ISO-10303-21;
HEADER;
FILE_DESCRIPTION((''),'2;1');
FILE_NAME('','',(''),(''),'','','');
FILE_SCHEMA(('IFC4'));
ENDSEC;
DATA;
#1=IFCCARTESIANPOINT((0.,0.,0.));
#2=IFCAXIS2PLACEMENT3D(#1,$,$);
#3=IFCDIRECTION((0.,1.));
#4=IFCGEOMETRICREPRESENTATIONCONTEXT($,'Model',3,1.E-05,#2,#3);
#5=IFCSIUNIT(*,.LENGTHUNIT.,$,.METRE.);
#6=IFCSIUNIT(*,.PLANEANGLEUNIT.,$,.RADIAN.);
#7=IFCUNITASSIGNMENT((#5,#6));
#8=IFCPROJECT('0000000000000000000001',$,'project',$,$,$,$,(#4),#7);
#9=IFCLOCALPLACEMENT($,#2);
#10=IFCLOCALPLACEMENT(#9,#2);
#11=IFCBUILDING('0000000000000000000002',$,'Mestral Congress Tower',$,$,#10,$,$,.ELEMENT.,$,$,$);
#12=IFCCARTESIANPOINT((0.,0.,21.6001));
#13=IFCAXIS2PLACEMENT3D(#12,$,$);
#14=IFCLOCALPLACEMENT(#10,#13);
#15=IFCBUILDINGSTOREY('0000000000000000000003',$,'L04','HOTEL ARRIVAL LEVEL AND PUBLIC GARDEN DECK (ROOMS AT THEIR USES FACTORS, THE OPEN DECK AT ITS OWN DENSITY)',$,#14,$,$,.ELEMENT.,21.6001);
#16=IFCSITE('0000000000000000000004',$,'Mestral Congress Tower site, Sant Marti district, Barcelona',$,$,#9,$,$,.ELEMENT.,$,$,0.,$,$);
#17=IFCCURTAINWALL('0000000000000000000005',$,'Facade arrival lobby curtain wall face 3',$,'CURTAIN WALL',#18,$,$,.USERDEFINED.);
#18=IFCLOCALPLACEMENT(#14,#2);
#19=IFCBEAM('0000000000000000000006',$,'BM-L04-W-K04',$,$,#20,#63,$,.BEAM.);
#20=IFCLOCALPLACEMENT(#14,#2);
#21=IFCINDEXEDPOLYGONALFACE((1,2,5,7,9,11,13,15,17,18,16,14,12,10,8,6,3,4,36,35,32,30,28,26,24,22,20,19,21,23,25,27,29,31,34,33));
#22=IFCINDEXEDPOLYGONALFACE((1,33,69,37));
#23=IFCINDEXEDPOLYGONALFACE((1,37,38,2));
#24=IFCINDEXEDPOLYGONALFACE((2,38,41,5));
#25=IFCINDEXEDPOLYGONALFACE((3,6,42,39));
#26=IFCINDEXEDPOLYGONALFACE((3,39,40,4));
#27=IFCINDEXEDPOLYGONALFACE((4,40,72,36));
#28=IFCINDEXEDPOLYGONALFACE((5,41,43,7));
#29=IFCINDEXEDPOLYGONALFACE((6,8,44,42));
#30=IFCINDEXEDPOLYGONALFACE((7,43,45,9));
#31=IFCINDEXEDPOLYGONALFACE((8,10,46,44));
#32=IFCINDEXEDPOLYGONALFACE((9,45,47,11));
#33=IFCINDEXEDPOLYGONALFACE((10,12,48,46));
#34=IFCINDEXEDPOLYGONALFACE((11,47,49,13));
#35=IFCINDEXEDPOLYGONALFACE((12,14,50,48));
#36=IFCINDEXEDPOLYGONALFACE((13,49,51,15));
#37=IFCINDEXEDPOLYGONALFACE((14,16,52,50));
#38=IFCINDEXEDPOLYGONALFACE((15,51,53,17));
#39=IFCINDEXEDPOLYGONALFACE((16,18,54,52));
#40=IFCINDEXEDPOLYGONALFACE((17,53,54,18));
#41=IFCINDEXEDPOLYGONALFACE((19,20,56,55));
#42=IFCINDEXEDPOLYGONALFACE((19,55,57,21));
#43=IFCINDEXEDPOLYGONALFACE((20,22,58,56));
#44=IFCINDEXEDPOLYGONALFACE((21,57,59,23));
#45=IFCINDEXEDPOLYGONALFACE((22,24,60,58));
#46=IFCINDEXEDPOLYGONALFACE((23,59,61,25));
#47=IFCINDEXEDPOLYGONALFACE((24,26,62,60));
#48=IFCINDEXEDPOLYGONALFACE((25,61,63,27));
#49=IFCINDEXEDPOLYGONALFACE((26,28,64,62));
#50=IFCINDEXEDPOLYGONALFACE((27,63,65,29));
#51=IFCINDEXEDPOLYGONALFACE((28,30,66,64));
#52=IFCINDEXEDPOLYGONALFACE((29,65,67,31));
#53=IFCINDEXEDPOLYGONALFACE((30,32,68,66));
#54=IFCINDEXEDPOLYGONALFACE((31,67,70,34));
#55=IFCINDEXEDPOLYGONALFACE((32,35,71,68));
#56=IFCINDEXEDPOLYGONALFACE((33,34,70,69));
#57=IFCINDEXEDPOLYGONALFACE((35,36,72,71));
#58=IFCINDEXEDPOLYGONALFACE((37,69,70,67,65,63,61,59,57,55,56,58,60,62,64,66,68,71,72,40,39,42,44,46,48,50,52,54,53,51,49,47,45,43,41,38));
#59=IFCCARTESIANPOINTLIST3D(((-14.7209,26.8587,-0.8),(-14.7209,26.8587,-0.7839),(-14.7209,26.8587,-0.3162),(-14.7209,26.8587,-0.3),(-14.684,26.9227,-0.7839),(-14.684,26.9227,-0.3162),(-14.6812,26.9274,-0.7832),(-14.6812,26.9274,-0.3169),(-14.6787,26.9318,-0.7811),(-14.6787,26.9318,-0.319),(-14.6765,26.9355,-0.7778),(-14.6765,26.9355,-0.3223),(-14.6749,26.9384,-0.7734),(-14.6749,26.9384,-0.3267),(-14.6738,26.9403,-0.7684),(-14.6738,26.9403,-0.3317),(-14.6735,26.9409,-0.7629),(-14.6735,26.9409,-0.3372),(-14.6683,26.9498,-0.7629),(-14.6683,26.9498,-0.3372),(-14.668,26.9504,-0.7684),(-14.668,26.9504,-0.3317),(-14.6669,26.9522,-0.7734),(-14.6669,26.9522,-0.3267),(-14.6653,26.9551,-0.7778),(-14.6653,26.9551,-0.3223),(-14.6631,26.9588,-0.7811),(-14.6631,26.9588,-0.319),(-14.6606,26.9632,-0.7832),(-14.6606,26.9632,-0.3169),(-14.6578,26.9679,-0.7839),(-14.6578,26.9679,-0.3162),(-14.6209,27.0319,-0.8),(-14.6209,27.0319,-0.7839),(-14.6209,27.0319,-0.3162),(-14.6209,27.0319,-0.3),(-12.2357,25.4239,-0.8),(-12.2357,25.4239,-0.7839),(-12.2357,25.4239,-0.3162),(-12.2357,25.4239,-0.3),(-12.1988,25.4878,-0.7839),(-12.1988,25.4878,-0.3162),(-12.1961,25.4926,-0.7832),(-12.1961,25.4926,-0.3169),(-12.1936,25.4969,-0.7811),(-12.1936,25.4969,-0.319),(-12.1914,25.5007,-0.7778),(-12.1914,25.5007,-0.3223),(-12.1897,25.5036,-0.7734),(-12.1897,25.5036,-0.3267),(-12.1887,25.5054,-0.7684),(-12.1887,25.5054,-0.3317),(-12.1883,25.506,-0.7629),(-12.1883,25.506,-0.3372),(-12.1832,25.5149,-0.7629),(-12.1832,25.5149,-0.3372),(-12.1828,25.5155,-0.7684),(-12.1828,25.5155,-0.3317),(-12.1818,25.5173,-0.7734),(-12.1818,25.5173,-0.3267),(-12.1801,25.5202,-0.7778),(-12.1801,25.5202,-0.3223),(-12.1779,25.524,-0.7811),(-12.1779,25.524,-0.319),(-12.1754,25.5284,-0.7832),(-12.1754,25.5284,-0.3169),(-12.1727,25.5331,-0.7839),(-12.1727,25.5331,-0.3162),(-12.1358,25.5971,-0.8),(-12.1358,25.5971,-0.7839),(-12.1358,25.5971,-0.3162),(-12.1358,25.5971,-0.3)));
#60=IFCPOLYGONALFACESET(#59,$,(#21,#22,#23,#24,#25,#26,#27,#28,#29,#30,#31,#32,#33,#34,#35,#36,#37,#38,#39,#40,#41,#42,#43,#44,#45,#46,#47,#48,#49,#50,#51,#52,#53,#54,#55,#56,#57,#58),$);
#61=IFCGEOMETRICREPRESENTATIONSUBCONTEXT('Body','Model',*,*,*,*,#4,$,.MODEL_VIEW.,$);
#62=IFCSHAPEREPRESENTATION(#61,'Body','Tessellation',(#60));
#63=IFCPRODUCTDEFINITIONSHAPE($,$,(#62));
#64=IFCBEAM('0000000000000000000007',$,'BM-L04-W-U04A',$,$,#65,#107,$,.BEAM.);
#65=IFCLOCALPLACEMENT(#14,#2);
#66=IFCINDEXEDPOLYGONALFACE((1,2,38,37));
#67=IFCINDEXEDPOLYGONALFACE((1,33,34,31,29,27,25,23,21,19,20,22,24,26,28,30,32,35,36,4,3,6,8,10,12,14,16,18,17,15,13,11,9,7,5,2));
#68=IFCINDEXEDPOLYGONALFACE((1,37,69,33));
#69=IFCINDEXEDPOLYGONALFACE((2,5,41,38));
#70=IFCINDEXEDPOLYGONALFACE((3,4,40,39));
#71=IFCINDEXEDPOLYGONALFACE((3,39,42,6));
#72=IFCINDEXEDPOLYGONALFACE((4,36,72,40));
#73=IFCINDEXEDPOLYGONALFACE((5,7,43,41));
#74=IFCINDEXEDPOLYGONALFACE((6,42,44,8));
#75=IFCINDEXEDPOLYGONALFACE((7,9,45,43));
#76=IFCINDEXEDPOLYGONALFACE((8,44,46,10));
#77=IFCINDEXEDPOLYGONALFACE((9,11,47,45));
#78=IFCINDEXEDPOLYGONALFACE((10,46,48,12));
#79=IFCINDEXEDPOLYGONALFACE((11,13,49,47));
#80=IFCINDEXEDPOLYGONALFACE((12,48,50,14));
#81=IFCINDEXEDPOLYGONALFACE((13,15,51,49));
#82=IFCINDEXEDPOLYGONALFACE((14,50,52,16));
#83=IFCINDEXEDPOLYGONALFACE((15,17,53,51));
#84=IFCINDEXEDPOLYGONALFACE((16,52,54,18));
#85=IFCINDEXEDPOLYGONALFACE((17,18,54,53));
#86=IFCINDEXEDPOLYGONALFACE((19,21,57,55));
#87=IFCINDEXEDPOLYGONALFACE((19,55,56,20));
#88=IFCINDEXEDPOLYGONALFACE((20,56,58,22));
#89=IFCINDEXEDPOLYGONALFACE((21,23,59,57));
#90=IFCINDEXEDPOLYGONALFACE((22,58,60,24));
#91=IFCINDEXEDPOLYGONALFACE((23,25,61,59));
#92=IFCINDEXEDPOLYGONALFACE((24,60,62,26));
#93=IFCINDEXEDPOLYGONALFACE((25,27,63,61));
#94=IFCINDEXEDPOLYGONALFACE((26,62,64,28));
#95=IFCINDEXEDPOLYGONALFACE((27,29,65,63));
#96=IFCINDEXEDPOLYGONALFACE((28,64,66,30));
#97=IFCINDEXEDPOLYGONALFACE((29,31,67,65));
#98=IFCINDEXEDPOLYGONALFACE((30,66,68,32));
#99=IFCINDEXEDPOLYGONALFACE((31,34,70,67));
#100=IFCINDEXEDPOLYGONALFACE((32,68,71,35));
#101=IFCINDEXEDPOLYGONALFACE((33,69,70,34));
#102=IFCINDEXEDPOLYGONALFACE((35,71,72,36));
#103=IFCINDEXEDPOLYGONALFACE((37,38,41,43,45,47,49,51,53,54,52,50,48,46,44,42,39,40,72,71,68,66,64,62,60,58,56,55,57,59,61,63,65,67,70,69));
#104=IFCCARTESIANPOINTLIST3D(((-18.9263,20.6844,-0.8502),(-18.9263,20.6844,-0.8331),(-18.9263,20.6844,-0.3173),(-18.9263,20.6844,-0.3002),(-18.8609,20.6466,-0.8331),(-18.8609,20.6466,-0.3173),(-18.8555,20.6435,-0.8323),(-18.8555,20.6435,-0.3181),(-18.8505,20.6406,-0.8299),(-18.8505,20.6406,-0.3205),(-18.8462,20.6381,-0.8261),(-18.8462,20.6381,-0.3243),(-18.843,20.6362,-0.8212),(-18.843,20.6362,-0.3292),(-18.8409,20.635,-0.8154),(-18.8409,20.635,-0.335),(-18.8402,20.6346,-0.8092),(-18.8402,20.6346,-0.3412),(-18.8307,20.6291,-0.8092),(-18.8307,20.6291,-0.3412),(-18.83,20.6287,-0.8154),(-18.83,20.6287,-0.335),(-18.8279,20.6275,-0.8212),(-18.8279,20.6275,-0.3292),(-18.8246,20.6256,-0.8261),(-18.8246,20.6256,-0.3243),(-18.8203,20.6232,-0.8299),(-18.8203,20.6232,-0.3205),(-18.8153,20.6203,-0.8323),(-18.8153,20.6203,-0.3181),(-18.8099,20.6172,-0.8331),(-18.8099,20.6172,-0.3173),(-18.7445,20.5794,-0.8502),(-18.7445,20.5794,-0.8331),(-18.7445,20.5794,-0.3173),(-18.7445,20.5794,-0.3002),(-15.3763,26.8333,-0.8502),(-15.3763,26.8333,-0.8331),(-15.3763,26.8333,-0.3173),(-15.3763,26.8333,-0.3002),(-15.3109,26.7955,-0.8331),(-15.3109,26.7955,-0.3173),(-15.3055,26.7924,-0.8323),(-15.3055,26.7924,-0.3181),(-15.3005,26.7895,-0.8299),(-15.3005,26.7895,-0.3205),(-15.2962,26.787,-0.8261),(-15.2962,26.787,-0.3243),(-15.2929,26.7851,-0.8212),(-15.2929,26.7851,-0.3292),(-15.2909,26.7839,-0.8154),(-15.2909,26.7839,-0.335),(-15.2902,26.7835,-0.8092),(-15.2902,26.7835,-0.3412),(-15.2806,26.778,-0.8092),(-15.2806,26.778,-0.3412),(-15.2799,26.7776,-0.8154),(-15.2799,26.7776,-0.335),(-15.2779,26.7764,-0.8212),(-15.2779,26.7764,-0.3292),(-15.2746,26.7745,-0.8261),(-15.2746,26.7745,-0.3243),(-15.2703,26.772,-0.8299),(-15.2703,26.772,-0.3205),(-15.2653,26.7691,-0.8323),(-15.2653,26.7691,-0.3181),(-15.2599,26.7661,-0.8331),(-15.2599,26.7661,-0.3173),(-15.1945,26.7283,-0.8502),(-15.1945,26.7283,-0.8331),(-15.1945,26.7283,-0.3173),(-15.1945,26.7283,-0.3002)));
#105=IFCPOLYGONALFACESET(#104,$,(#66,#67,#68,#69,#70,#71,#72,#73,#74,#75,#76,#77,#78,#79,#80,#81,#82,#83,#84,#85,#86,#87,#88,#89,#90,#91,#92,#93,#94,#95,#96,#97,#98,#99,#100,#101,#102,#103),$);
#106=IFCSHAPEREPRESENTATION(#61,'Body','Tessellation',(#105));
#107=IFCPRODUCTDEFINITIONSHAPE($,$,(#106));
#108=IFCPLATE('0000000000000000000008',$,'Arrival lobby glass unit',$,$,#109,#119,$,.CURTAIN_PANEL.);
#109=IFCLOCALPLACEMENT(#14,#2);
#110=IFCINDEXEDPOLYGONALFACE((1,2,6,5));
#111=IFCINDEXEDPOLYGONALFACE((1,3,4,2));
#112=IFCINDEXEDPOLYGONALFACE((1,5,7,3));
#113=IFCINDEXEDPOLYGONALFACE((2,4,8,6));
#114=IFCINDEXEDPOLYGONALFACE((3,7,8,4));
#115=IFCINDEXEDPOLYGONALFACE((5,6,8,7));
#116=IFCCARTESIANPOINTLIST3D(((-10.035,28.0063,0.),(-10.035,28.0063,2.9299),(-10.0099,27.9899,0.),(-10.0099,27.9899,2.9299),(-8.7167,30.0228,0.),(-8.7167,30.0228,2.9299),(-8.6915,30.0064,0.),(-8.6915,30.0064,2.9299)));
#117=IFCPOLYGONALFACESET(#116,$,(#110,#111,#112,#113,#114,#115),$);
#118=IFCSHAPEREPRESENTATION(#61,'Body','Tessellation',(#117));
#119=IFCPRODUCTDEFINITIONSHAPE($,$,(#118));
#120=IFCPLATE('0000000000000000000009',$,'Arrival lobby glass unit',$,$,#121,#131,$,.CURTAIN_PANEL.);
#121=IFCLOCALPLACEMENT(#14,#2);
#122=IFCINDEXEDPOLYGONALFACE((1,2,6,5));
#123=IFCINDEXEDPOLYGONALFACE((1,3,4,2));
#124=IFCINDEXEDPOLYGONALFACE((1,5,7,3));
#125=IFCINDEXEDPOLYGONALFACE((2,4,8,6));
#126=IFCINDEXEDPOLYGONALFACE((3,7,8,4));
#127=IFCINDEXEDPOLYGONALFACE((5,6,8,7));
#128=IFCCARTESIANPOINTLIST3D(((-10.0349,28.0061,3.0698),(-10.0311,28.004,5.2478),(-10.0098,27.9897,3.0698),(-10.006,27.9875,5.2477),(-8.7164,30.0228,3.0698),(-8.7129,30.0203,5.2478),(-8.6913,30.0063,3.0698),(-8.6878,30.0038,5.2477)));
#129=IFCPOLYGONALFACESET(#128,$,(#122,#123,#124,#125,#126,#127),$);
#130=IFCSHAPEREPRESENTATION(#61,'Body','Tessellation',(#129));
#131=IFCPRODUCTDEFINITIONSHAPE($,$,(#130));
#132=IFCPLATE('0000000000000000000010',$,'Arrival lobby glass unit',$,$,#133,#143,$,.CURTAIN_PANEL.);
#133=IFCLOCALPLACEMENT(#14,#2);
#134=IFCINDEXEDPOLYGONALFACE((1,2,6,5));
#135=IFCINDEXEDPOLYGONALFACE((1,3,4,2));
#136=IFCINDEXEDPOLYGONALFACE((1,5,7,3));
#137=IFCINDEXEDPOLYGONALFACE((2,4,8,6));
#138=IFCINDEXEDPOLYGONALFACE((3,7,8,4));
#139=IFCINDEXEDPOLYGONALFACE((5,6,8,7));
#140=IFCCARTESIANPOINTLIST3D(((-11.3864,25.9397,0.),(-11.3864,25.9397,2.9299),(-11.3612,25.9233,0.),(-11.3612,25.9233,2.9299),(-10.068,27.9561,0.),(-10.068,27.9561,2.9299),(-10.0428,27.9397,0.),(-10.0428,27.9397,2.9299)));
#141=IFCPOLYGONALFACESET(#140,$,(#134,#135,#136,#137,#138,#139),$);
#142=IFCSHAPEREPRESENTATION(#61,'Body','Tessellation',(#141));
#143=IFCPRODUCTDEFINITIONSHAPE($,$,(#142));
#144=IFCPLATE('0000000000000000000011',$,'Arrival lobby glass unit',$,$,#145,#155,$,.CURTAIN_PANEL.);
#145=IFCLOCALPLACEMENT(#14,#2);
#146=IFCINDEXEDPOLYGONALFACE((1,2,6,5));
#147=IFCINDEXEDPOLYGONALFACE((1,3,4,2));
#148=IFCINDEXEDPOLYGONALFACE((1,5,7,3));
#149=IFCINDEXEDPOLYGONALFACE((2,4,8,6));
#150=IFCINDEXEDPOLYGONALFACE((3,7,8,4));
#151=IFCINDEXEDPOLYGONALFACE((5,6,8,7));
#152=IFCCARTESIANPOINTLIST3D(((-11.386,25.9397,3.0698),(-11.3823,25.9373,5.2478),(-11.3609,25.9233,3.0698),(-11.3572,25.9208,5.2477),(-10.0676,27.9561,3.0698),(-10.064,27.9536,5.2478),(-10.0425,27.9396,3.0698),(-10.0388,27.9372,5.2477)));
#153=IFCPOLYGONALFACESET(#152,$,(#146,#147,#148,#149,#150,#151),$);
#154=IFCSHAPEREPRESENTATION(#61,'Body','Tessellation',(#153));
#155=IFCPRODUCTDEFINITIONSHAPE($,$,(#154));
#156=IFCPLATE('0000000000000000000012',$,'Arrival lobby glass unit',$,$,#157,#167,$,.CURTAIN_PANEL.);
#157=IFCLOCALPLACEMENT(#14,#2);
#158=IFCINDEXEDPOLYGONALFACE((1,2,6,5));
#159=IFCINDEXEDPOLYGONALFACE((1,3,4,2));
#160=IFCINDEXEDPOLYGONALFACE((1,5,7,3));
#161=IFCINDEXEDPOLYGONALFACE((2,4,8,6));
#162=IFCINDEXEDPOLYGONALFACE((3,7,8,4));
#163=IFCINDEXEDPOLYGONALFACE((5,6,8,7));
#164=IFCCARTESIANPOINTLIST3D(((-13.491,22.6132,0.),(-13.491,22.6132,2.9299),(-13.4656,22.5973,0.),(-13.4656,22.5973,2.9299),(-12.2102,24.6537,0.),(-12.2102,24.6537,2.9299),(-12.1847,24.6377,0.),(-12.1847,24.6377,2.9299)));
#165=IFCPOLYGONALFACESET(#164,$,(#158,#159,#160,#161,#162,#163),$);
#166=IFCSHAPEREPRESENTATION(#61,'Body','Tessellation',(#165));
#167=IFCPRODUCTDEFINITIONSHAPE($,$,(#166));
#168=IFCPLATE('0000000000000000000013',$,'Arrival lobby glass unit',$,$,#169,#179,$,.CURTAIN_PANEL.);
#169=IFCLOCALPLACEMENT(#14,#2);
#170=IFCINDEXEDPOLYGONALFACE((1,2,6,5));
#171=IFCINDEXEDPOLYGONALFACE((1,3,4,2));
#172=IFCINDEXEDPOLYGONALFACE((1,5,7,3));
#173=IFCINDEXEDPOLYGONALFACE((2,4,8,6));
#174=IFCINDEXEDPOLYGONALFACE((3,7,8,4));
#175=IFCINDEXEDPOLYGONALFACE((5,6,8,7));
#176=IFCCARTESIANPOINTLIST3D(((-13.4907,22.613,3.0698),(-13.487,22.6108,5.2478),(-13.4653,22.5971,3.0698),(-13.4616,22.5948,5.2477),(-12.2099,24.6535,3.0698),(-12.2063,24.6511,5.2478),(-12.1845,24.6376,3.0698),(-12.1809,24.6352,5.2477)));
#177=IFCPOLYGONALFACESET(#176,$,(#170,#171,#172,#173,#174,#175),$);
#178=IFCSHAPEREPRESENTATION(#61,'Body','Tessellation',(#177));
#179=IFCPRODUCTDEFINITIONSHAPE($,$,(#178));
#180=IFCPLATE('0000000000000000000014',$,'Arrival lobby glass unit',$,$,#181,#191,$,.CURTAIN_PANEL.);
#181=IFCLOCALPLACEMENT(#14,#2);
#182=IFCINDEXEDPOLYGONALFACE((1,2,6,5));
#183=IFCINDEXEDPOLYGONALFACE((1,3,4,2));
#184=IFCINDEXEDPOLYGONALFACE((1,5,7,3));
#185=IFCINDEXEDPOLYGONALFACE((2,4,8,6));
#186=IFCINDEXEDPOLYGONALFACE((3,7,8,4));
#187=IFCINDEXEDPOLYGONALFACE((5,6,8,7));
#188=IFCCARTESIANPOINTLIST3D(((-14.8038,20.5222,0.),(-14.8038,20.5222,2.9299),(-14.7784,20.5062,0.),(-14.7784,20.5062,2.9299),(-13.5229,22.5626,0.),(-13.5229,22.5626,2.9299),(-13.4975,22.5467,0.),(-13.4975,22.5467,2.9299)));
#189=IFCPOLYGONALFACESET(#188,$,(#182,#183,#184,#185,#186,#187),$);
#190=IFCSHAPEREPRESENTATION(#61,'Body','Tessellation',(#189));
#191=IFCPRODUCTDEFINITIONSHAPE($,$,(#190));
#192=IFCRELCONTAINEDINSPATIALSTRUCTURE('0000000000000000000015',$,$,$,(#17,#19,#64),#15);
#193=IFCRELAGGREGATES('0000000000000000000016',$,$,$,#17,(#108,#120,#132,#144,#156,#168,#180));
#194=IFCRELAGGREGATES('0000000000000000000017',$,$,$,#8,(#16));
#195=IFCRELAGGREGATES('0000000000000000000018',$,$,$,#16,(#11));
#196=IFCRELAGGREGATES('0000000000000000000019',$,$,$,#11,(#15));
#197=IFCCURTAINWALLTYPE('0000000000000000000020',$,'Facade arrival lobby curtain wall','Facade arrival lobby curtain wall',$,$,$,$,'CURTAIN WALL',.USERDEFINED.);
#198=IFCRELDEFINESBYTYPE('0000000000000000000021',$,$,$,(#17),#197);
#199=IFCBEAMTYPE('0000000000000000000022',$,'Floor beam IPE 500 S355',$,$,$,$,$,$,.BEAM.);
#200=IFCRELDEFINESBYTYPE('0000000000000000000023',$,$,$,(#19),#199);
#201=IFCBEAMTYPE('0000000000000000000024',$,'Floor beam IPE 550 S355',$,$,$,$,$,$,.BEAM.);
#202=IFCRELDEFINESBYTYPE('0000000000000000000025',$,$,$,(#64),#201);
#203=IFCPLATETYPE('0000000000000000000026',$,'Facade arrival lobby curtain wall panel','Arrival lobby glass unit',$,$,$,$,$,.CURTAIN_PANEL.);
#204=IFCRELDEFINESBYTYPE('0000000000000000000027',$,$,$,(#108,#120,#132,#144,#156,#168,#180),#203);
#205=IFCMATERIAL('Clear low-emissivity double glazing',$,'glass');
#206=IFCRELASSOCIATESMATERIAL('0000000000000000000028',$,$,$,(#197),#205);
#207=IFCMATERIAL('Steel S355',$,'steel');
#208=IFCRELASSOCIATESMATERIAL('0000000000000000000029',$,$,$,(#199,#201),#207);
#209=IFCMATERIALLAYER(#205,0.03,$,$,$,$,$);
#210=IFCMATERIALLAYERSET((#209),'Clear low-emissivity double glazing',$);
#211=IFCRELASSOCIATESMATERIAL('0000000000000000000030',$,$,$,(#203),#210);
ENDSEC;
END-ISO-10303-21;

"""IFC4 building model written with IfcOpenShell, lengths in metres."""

from ifc_helpers import new_model, si_unit, direction, frame, origin, origin_2d, place, context, subcontext, project, spatial, polyline, rectangle, i_section, outline, extrude, material, layer, layer_set, material_profile, profile_set, type_object, element, aggregate, save


model = new_model("IFC4")

# Units and contexts
model_context = context("Model", 3, precision=1e-05, world=origin(), true_north=direction((0.0, 1.0)))
body_context = subcontext(model_context, "Body", "Model", "MODEL_VIEW")
ifc_project = project(units=[si_unit("LENGTHUNIT", "METRE"), si_unit("PLANEANGLEUNIT", "RADIAN")], contexts=[model_context])

# Site, building, storey
site_placement = place(None, origin())
site = spatial("IfcSite", under=ifc_project, at=site_placement, Name="Mestral Congress Tower site, Sant Marti district, Barcelona", CompositionType="ELEMENT", RefElevation=0.0)
building_placement = place(site_placement, origin())
building = spatial("IfcBuilding", under=site, at=building_placement, Name="Mestral Congress Tower", CompositionType="ELEMENT")
storey_placement = place(building_placement, frame((0.0, 0.0, 21.6001)))
storey = spatial("IfcBuildingStorey", under=building, at=storey_placement, Name="L04", Description="HOTEL ARRIVAL LEVEL AND PUBLIC GARDEN DECK (ROOMS AT THEIR USES FACTORS, THE OPEN DECK AT ITS OWN DENSITY)", CompositionType="ELEMENT", Elevation=21.6001)

# Curtain wall
ifc_material_1 = material(Name="Clear low-emissivity double glazing", Category="glass")
curtain_wall_type = type_object("IfcCurtainWallType", Name="Facade arrival lobby curtain wall", Description="Facade arrival lobby curtain wall", ElementType="CURTAIN WALL", PredefinedType="USERDEFINED", material=ifc_material_1)
curtain_wall_placement = place(storey_placement, origin())
curtain_wall = element("IfcCurtainWall", 1, at=curtain_wall_placement, inside=storey, type_object=curtain_wall_type, Name="Facade arrival lobby curtain wall face 3", ObjectType="CURTAIN WALL", PredefinedType="USERDEFINED")

# Beams
ifc_material_2 = material(Name="Steel S355", Category="steel")
ifc_material_profile_1 = material_profile(ifc_material_2, i_section(OverallWidth=0.2, OverallDepth=0.5, WebThickness=0.0103, FlangeThickness=0.0161, FilletRadius=0.021, at=origin_2d()), Name="IPE 500")
ifc_profile_set_1 = profile_set([ifc_material_profile_1], Name="Steel S355")
beam_type_1 = type_object("IfcBeamType", Name="Floor beam IPE 500 S355", PredefinedType="BEAM", material=ifc_profile_set_1)
beam_1_placement = place(storey_placement, frame((-14.6709, 26.9453, -0.55), z_axis=(0.86602, -0.50001, 0.0), x_axis=(0.50001, 0.86602, 0.0)))
element("IfcBeam", 2, at=beam_1_placement, inside=storey, type_object=beam_type_1, Name="BM-L04-W-K04", PredefinedType="BEAM", context=body_context, shape_type="SweptSolid", body=[
    extrude(i_section(OverallWidth=0.2, OverallDepth=0.5, WebThickness=0.0103, FlangeThickness=0.0161, FilletRadius=0.021, at=origin_2d()), origin(), (0.0, 0.0, 1.0), 2.8696),
])
ifc_material_profile_2 = material_profile(ifc_material_2, i_section(OverallWidth=0.21, OverallDepth=0.55, WebThickness=0.011, FlangeThickness=0.0171, FilletRadius=0.0239, at=origin_2d()), Name="IPE 550")
ifc_profile_set_2 = profile_set([ifc_material_profile_2], Name="Steel S355")
beam_type_2 = type_object("IfcBeamType", Name="Floor beam IPE 550 S355", PredefinedType="BEAM", material=ifc_profile_set_2)
beam_2_placement = place(storey_placement, frame((-15.2854, 26.7808, -0.5752), z_axis=(-0.499996, -0.866028, 0.0), x_axis=(0.866028, -0.499996, 0.0)))
element("IfcBeam", 3, at=beam_2_placement, inside=storey, type_object=beam_type_2, Name="BM-L04-W-U04A", PredefinedType="BEAM", context=body_context, shape_type="SweptSolid", body=[
    extrude(i_section(OverallWidth=0.21, OverallDepth=0.55, WebThickness=0.011, FlangeThickness=0.0171, FilletRadius=0.0239, at=origin_2d()), origin(), (0.0, 0.0, 1.0), 7.1001),
])

# Plates
ifc_layer = layer(ifc_material_1, 0.03)
ifc_layer_set = layer_set([ifc_layer], Name="Clear low-emissivity double glazing")
plate_type = type_object("IfcPlateType", Name="Facade arrival lobby curtain wall panel", Description="Arrival lobby glass unit", PredefinedType="CURTAIN_PANEL", material=ifc_layer_set)
plate_1_placement = place(storey_placement, frame((-9.3633, 29.0063, 0.0), z_axis=(0.0, 0.0, 1.0), x_axis=(-0.54723, -0.836982, 0.0)))
plate_1 = element("IfcPlate", 4, at=plate_1_placement, type_object=plate_type, Name="Arrival lobby glass unit", PredefinedType="CURTAIN_PANEL", context=body_context, shape_type="SweptSolid", body=[
    extrude(rectangle(XDim=2.4092, YDim=0.03, at=origin_2d()), origin(), (0.0, 0.0, 1.0), 2.9299),
])
plate_2_placement = place(storey_placement, frame((-10.0349, 28.0061, 3.0698), z_axis=(-0.836988, 0.547217, 0.00199), x_axis=(0.547218, 0.83699, 0.0)))
plate_2 = element("IfcPlate", 5, at=plate_2_placement, type_object=plate_type, Name="Arrival lobby glass unit", PredefinedType="CURTAIN_PANEL", context=body_context, shape_type="SweptSolid", body=[
    extrude(outline(polyline([(0.0, 0.0), (2.4094, 0.0), (2.4093, -2.178), (0.0003, -2.178), (0.0, 0.0)])), origin(), (0.0, 0.0, -1.0), 0.03),
])
plate_3_placement = place(storey_placement, frame((-10.7146, 26.9397, 0.0), z_axis=(0.0, 0.0, 1.0), x_axis=(-0.54723, -0.836982, 0.0)))
plate_3 = element("IfcPlate", 6, at=plate_3_placement, type_object=plate_type, Name="Arrival lobby glass unit", PredefinedType="CURTAIN_PANEL", context=body_context, shape_type="SweptSolid", body=[
    extrude(rectangle(XDim=2.4092, YDim=0.03, at=origin_2d()), origin(), (0.0, 0.0, 1.0), 2.9299),
])
plate_4_placement = place(storey_placement, frame((-11.386, 25.9397, 3.0698), z_axis=(-0.836973, 0.54724, 0.002021), x_axis=(0.547241, 0.836975, 0.0)))
plate_4 = element("IfcPlate", 7, at=plate_4_placement, type_object=plate_type, Name="Arrival lobby glass unit", PredefinedType="CURTAIN_PANEL", context=body_context, shape_type="SweptSolid", body=[
    extrude(outline(polyline([(0.0, 0.0), (2.4091, 0.0), (2.4091, -2.178), (0.0, -2.178), (0.0, 0.0)])), origin(), (0.0, 0.0, -1.0), 0.03),
])
plate_5_placement = place(storey_placement, frame((-12.8379, 23.6255, 0.0), z_axis=(0.0, 0.0, 1.0), x_axis=(-0.531668, -0.846953, 0.0)))
plate_5 = element("IfcPlate", 8, at=plate_5_placement, type_object=plate_type, Name="Arrival lobby glass unit", PredefinedType="CURTAIN_PANEL", context=body_context, shape_type="SweptSolid", body=[
    extrude(rectangle(XDim=2.4092, YDim=0.03, at=origin_2d()), origin(), (0.0, 0.0, 1.0), 2.9299),
])
plate_6_placement = place(storey_placement, frame((-13.4907, 22.613, 3.0698), z_axis=(-0.846967, 0.531641, 0.00199), x_axis=(0.531642, 0.846969, 0.0)))
plate_6 = element("IfcPlate", 9, at=plate_6_placement, type_object=plate_type, Name="Arrival lobby glass unit", PredefinedType="CURTAIN_PANEL", context=body_context, shape_type="SweptSolid", body=[
    extrude(outline(polyline([(0.0, 0.0), (2.4092, 0.0), (2.409, -2.178), (0.0001, -2.178), (0.0, 0.0)])), origin(), (0.0, 0.0, -1.0), 0.03),
])
plate_7_placement = place(storey_placement, frame((-14.1506, 21.5344, 0.0), z_axis=(0.0, 0.0, 1.0), x_axis=(-0.531668, -0.846953, 0.0)))
plate_7 = element("IfcPlate", 10, at=plate_7_placement, type_object=plate_type, Name="Arrival lobby glass unit", PredefinedType="CURTAIN_PANEL", context=body_context, shape_type="SweptSolid", body=[
    extrude(rectangle(XDim=2.4092, YDim=0.03, at=origin_2d()), origin(), (0.0, 0.0, 1.0), 2.9299),
])
aggregate(curtain_wall, [plate_1, plate_2, plate_3, plate_4, plate_5, plate_6, plate_7])

save(model, "model.ifc")
